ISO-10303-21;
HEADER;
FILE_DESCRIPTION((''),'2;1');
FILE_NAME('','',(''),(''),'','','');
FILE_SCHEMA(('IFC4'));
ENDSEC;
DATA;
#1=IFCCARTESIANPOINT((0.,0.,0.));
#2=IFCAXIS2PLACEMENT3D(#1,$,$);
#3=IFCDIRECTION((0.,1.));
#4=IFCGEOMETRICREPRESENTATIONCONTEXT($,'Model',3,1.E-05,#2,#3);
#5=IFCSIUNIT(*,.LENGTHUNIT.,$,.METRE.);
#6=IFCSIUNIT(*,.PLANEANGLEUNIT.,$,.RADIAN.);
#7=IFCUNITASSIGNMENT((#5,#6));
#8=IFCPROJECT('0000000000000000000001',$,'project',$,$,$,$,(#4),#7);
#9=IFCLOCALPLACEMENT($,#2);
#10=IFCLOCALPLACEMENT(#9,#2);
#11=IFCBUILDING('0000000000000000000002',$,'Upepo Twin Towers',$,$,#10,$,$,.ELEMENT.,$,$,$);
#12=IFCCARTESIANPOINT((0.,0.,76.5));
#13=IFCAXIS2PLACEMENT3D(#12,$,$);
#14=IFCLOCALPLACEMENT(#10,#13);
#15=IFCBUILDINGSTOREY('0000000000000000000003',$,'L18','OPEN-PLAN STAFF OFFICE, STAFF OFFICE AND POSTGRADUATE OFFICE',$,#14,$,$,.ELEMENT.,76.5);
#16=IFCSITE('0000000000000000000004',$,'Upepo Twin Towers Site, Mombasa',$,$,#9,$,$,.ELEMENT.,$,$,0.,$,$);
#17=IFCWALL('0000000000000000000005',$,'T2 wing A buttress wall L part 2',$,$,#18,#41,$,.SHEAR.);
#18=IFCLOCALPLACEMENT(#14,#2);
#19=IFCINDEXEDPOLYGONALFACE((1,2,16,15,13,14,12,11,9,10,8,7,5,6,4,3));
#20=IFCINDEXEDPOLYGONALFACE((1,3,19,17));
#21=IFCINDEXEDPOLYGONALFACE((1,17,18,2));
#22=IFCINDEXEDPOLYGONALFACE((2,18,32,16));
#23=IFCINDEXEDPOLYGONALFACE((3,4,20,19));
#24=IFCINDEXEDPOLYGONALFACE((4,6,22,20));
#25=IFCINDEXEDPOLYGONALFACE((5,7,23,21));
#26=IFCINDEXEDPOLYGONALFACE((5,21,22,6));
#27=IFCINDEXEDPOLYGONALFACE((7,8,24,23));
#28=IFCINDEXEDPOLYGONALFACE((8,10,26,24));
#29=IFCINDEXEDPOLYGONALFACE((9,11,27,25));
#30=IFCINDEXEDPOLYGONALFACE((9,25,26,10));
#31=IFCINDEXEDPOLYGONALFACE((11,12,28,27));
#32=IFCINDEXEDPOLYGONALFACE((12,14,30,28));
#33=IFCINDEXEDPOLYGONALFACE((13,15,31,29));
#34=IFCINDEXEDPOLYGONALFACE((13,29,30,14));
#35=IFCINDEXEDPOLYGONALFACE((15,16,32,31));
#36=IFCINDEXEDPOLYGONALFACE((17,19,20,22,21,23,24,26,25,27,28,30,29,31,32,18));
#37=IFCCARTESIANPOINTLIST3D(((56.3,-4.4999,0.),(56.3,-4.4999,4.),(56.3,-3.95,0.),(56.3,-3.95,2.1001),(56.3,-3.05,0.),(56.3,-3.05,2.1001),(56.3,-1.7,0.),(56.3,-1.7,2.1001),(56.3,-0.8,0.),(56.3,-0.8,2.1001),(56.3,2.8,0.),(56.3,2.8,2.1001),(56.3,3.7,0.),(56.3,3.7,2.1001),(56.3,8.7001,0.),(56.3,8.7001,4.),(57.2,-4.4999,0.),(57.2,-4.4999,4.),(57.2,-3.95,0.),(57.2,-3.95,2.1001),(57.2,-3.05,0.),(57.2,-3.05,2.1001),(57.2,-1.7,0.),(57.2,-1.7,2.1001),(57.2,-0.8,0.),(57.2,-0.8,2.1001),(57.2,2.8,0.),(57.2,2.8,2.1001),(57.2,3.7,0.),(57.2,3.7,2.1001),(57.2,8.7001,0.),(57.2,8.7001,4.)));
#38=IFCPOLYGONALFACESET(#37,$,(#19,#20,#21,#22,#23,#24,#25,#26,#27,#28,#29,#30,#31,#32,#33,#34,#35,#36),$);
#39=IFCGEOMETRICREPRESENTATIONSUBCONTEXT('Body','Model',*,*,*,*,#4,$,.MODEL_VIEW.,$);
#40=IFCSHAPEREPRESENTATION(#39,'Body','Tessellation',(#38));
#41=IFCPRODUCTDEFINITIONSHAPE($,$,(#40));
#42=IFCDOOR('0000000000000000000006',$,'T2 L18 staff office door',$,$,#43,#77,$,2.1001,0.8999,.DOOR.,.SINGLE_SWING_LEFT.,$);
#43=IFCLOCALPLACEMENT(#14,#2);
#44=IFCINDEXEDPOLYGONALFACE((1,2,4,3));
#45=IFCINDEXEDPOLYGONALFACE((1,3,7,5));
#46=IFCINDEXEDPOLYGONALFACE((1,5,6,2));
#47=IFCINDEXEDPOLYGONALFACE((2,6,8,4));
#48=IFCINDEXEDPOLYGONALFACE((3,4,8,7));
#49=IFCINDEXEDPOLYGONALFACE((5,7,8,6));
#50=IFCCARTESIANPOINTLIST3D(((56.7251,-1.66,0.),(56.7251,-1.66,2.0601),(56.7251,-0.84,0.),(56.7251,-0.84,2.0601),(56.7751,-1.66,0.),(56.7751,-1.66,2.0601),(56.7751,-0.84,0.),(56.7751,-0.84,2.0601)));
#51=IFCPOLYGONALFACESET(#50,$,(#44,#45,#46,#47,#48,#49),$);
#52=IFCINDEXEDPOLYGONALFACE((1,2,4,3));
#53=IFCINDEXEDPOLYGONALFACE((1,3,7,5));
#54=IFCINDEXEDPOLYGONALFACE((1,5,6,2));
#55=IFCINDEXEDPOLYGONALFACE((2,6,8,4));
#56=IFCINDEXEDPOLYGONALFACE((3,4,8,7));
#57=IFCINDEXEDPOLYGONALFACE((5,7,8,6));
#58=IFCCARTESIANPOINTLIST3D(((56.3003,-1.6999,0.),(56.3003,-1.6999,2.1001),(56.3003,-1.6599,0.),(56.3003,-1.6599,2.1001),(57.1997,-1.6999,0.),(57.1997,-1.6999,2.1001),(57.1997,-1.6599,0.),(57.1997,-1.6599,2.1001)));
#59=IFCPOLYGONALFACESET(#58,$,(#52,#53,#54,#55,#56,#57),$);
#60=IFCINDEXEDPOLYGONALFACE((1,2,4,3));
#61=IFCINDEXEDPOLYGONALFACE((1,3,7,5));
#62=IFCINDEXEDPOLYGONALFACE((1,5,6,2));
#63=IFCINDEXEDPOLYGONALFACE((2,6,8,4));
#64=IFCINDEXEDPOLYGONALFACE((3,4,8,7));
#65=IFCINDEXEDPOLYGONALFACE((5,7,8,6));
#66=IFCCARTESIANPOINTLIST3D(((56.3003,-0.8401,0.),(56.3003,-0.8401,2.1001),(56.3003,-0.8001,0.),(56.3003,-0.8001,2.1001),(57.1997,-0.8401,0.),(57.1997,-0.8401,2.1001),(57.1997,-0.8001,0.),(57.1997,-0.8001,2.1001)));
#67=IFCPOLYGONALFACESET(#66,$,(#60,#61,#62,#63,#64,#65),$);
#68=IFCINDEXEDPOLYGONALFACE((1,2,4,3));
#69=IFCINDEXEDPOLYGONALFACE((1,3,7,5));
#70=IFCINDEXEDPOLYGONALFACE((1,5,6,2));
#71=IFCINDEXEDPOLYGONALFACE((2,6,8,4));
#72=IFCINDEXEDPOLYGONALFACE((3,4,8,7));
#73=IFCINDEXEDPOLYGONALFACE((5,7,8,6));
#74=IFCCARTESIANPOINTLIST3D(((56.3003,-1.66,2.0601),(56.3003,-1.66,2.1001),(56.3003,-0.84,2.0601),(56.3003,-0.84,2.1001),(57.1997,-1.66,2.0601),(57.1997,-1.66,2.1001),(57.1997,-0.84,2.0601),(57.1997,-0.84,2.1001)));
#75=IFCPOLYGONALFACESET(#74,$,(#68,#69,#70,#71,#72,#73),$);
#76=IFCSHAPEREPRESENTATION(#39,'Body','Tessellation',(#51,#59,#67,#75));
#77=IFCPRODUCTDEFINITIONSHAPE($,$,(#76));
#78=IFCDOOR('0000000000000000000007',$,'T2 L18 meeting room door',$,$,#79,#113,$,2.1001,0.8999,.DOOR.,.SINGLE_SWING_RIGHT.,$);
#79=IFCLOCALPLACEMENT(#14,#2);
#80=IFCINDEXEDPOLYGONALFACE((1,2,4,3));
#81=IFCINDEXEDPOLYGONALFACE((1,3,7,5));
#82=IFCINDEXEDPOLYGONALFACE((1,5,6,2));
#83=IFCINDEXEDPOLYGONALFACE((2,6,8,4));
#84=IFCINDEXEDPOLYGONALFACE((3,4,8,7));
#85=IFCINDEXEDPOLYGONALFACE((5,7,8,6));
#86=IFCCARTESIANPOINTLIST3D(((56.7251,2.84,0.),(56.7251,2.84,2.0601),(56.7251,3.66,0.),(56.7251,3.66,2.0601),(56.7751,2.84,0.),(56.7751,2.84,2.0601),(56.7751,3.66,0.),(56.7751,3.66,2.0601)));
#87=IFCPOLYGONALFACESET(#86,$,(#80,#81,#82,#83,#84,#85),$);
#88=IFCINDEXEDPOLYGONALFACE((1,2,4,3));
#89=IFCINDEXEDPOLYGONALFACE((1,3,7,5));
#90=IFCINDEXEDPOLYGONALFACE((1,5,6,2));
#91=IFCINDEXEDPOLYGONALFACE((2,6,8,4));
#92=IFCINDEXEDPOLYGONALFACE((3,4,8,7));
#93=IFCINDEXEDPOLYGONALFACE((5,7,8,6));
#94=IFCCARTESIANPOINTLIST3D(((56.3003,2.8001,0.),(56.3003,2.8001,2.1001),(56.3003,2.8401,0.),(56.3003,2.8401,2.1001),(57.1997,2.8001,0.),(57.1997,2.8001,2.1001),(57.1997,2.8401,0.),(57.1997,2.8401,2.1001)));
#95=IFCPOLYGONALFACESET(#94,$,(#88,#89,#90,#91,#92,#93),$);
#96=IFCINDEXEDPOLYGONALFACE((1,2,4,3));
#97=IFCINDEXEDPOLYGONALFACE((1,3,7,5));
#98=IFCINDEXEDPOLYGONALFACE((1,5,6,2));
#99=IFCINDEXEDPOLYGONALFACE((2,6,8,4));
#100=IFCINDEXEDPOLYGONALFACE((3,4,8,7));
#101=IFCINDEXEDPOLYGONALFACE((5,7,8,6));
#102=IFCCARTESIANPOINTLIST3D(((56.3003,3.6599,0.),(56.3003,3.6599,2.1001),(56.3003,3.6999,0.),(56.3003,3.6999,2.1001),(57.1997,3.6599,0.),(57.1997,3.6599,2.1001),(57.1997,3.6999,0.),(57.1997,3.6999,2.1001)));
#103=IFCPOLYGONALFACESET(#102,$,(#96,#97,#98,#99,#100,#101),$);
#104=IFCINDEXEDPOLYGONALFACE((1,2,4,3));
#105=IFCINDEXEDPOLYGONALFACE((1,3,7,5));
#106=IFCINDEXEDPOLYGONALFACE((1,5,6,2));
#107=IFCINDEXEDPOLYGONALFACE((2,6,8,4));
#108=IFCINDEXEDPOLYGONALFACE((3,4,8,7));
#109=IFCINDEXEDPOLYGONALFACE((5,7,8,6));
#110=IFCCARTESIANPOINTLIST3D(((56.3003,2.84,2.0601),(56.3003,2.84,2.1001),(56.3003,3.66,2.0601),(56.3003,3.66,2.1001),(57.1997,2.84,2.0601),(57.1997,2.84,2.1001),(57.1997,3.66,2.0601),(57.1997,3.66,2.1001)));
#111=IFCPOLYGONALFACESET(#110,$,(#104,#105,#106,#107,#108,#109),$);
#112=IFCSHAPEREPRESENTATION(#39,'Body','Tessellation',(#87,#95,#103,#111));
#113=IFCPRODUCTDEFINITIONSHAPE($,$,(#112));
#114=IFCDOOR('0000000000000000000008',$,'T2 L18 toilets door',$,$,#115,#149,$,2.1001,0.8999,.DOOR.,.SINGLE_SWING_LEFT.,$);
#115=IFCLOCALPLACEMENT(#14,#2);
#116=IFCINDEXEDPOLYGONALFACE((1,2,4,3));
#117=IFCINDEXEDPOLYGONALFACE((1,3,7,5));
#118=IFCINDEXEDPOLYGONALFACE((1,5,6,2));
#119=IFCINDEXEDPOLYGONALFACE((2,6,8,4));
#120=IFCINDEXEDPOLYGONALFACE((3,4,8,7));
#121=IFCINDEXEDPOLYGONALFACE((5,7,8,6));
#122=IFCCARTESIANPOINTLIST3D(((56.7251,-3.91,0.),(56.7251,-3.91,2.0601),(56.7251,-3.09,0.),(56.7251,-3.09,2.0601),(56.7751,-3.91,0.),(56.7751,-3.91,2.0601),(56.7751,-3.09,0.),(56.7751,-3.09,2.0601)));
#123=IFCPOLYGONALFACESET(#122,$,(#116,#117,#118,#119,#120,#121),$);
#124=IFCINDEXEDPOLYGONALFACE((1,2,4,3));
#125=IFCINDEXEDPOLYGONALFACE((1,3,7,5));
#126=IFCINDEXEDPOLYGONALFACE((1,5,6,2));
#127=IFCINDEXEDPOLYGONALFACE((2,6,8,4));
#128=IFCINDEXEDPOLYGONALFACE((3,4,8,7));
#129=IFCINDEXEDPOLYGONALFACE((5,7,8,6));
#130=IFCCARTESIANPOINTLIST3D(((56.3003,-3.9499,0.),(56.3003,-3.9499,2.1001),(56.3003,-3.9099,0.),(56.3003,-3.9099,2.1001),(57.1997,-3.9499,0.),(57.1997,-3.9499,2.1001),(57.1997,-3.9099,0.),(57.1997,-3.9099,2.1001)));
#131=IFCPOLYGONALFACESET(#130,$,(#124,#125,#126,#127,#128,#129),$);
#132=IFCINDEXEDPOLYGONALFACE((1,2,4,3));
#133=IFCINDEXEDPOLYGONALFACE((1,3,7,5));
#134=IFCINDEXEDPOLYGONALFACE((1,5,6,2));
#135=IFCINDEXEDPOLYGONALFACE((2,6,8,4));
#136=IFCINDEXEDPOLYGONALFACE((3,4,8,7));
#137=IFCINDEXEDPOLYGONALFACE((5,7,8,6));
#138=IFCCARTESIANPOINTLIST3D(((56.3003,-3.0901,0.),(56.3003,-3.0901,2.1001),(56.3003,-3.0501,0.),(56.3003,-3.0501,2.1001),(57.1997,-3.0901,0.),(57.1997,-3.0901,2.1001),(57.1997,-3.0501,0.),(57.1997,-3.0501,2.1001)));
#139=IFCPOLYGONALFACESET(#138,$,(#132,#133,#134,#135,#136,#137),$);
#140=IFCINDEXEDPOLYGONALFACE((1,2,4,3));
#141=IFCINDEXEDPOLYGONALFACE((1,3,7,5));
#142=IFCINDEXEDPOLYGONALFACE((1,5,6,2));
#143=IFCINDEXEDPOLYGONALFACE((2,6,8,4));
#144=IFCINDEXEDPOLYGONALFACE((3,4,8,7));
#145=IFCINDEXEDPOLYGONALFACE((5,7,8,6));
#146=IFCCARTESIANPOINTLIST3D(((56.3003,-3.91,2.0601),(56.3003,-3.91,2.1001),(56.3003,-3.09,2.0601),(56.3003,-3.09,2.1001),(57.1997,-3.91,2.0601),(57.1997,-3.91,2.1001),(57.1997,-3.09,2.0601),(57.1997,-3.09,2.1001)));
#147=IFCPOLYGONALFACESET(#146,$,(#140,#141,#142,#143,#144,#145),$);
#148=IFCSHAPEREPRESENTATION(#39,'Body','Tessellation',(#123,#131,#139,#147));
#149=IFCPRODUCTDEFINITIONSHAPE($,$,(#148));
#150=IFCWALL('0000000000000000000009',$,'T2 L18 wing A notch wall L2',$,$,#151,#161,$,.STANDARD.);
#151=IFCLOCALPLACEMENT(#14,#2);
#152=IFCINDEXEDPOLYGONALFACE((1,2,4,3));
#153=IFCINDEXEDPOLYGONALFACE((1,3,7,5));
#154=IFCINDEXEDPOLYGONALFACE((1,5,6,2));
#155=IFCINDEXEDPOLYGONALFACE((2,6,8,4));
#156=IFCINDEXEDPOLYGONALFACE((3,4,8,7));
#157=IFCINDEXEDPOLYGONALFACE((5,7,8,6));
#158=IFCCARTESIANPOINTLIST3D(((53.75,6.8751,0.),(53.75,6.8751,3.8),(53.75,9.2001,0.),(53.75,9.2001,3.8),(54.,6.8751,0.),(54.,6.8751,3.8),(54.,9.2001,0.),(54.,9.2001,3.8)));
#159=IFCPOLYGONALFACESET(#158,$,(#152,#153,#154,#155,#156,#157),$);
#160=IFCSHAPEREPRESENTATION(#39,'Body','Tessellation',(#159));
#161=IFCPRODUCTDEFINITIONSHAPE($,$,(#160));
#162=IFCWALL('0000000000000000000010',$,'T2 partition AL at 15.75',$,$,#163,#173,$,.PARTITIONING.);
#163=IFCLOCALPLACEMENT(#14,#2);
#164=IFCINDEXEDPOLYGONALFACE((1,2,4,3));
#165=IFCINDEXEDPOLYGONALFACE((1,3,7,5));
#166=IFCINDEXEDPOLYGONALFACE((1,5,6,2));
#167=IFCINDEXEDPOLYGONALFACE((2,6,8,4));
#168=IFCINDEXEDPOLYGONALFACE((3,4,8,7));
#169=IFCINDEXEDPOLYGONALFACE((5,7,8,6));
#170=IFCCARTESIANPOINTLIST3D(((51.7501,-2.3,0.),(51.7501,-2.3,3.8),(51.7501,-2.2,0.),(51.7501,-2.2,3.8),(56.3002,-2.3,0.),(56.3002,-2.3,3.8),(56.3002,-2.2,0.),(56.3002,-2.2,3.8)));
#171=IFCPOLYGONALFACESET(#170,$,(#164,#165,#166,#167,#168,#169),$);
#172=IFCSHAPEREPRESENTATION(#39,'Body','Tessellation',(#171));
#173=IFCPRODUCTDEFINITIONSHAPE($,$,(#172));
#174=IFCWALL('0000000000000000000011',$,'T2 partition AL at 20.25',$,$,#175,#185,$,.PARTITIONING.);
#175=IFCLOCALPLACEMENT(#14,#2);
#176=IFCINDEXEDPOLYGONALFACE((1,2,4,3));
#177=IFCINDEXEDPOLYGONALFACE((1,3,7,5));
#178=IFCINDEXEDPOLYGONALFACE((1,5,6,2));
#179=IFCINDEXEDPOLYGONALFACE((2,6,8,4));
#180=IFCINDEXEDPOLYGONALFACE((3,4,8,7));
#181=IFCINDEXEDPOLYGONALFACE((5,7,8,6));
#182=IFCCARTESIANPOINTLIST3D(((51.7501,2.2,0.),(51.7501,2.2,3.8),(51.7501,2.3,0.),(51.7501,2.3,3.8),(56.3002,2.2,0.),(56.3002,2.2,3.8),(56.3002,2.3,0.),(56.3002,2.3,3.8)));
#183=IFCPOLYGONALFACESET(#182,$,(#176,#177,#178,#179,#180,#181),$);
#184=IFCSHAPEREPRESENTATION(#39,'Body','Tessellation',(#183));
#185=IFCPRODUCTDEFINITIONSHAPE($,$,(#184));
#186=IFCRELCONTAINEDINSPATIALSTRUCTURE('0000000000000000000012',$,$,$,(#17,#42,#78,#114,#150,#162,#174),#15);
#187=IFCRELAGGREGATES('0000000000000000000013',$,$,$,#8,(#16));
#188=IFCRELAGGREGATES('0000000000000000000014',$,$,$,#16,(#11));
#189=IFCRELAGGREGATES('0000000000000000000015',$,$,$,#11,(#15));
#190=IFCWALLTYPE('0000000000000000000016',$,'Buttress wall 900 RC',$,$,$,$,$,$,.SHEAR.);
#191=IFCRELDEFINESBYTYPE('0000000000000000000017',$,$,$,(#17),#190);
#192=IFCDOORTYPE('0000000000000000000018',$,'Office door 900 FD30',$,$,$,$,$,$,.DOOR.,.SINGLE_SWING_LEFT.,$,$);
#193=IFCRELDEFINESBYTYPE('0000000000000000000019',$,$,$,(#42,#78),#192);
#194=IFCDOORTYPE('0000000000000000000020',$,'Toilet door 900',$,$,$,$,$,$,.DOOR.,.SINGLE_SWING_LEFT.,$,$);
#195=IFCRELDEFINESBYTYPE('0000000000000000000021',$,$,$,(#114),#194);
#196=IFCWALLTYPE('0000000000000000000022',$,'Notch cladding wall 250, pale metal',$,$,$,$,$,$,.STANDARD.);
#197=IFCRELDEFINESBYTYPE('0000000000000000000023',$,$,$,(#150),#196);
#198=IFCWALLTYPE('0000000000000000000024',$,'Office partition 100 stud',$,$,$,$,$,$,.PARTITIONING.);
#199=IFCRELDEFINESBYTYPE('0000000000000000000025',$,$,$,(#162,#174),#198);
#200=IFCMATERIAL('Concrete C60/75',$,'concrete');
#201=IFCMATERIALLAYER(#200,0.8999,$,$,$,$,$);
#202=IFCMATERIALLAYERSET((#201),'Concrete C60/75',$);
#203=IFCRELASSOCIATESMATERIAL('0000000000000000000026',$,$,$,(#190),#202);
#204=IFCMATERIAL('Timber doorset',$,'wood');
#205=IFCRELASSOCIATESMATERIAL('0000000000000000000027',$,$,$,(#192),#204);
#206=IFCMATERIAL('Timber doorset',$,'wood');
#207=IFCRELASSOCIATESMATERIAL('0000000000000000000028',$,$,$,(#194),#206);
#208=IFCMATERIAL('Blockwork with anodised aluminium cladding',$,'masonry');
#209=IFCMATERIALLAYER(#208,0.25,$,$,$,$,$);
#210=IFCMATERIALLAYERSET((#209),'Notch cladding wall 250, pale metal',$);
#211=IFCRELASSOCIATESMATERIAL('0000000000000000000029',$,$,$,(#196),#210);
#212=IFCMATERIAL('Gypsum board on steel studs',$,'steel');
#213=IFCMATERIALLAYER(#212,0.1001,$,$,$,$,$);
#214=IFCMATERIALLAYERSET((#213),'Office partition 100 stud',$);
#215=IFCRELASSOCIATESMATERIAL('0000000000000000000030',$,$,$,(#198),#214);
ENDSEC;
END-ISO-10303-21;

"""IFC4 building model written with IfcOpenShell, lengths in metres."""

from ifc_helpers import new_model, si_unit, direction, frame, frame_2d, origin, place, context, subcontext, project, spatial, rectangle, extrude, material, layer, layer_set, type_object, element, fill, save


model = new_model("IFC4")

# Units and contexts
model_context = context("Model", 3, precision=1e-05, world=origin(), true_north=direction((0.0, 1.0)))
body_context = subcontext(model_context, "Body", "Model", "MODEL_VIEW")
ifc_project = project(units=[si_unit("LENGTHUNIT", "METRE"), si_unit("PLANEANGLEUNIT", "RADIAN")], contexts=[model_context])

# Site, building, storey
site_placement = place(None, origin())
site = spatial("IfcSite", under=ifc_project, at=site_placement, Name="Upepo Twin Towers Site, Mombasa", CompositionType="ELEMENT", RefElevation=0.0)
building_placement = place(site_placement, origin())
building = spatial("IfcBuilding", under=site, at=building_placement, Name="Upepo Twin Towers", CompositionType="ELEMENT")
storey_placement = place(building_placement, frame((0.0, 0.0, 76.5)))
storey = spatial("IfcBuildingStorey", under=building, at=storey_placement, Name="L18", Description="OPEN-PLAN STAFF OFFICE, STAFF OFFICE AND POSTGRADUATE OFFICE", CompositionType="ELEMENT", Elevation=76.5)

# Wall, openings, doors
ifc_material_1 = material(Name="Concrete C60/75", Category="concrete")
ifc_layer_1 = layer(ifc_material_1, 0.8999)
ifc_layer_set_1 = layer_set([ifc_layer_1], Name="Concrete C60/75")
wall_type_1 = type_object("IfcWallType", Name="Buttress wall 900 RC", PredefinedType="SHEAR", material=ifc_layer_set_1)
wall_1_placement = place(storey_placement, frame((56.75, -4.5, 0.0), z_axis=(0.0, 0.0, 1.0), x_axis=(0.0, 1.0, 0.0)))
wall_1 = element("IfcWall", 1, at=wall_1_placement, inside=storey, type_object=wall_type_1, Name="T2 wing A buttress wall L part 2", PredefinedType="SHEAR", context=body_context, shape_type="SweptSolid", body=[
    extrude(rectangle(XDim=13.2, YDim=0.8999, at=frame_2d((6.6001, 0.0))), origin(), (0.0, 0.0, 1.0), 4.0),
])
opening_1_placement = place(wall_1_placement, frame((0.55, 0.0, 0.0)))
opening_1 = element("IfcOpeningElement", 2, at=opening_1_placement, cuts=wall_1, PredefinedType="OPENING", context=body_context, shape_type="SweptSolid", body=[
    extrude(rectangle(XDim=0.8999, YDim=2.1001, at=frame_2d((0.45, 1.05))), frame((0.0, 0.46, 0.0), z_axis=(0.0, -1.0, 0.0), x_axis=(1.0, 0.0, 0.0)), (0.0, 0.0, 1.0), 0.9199),
])
opening_2_placement = place(wall_1_placement, frame((2.8, 0.0, 0.0)))
opening_2 = element("IfcOpeningElement", 3, at=opening_2_placement, cuts=wall_1, PredefinedType="OPENING", context=body_context, shape_type="SweptSolid", body=[
    extrude(rectangle(XDim=0.8999, YDim=2.1001, at=frame_2d((0.45, 1.05))), frame((0.0, 0.46, 0.0), z_axis=(0.0, -1.0, 0.0), x_axis=(1.0, 0.0, 0.0)), (0.0, 0.0, 1.0), 0.9199),
])
opening_3_placement = place(wall_1_placement, frame((7.3, 0.0, 0.0)))
opening_3 = element("IfcOpeningElement", 4, at=opening_3_placement, cuts=wall_1, PredefinedType="OPENING", context=body_context, shape_type="SweptSolid", body=[
    extrude(rectangle(XDim=0.8999, YDim=2.1001, at=frame_2d((0.45, 1.05))), frame((0.0, 0.46, 0.0), z_axis=(0.0, -1.0, 0.0), x_axis=(1.0, 0.0, 0.0)), (0.0, 0.0, 1.0), 0.9199),
])
ifc_material_2 = material(Name="Timber doorset", Category="wood")
door_type_1 = type_object("IfcDoorType", Name="Office door 900 FD30", OperationType="SINGLE_SWING_LEFT", PredefinedType="DOOR", material=ifc_material_2)
door_1_placement = place(opening_2_placement, origin())
door_1 = element("IfcDoor", 5, at=door_1_placement, inside=storey, type_object=door_type_1, Name="T2 L18 staff office door", OperationType="SINGLE_SWING_LEFT", OverallHeight=2.1001, OverallWidth=0.8999, PredefinedType="DOOR", context=body_context, shape_type="SweptSolid", body=[
    extrude(rectangle(XDim=0.8199, YDim=2.0601, at=frame_2d((0.45, 1.03))), frame((0.0, 0.0249, 0.0), z_axis=(0.0, -1.0, 0.0), x_axis=(1.0, 0.0, 0.0)), (0.0, 0.0, 1.0), 0.05),
    extrude(rectangle(XDim=0.04, YDim=2.1001, at=frame_2d((0.02, 1.05))), frame((0.0, 0.4497, 0.0), z_axis=(0.0, -1.0, 0.0), x_axis=(1.0, 0.0, 0.0)), (0.0, 0.0, 1.0), 0.8994),
    extrude(rectangle(XDim=0.04, YDim=2.1001, at=frame_2d((0.8799, 1.05))), frame((0.0, 0.4497, 0.0), z_axis=(0.0, -1.0, 0.0), x_axis=(1.0, 0.0, 0.0)), (0.0, 0.0, 1.0), 0.8994),
    extrude(rectangle(XDim=0.8199, YDim=0.04, at=frame_2d((0.45, 2.0801))), frame((0.0, 0.4497, 0.0), z_axis=(0.0, -1.0, 0.0), x_axis=(1.0, 0.0, 0.0)), (0.0, 0.0, 1.0), 0.8994),
])
fill(opening_2, door_1)
door_2_placement = place(opening_3_placement, origin())
door_2 = element("IfcDoor", 6, at=door_2_placement, inside=storey, type_object=door_type_1, Name="T2 L18 meeting room door", OperationType="SINGLE_SWING_RIGHT", OverallHeight=2.1001, OverallWidth=0.8999, PredefinedType="DOOR", context=body_context, shape_type="SweptSolid", body=[
    extrude(rectangle(XDim=0.8199, YDim=2.0601, at=frame_2d((0.45, 1.03))), frame((0.0, 0.0249, 0.0), z_axis=(0.0, -1.0, 0.0), x_axis=(1.0, 0.0, 0.0)), (0.0, 0.0, 1.0), 0.05),
    extrude(rectangle(XDim=0.04, YDim=2.1001, at=frame_2d((0.02, 1.05))), frame((0.0, 0.4497, 0.0), z_axis=(0.0, -1.0, 0.0), x_axis=(1.0, 0.0, 0.0)), (0.0, 0.0, 1.0), 0.8994),
    extrude(rectangle(XDim=0.04, YDim=2.1001, at=frame_2d((0.8799, 1.05))), frame((0.0, 0.4497, 0.0), z_axis=(0.0, -1.0, 0.0), x_axis=(1.0, 0.0, 0.0)), (0.0, 0.0, 1.0), 0.8994),
    extrude(rectangle(XDim=0.8199, YDim=0.04, at=frame_2d((0.45, 2.0801))), frame((0.0, 0.4497, 0.0), z_axis=(0.0, -1.0, 0.0), x_axis=(1.0, 0.0, 0.0)), (0.0, 0.0, 1.0), 0.8994),
])
fill(opening_3, door_2)
ifc_material_3 = material(Name="Timber doorset", Category="wood")
door_type_2 = type_object("IfcDoorType", Name="Toilet door 900", OperationType="SINGLE_SWING_LEFT", PredefinedType="DOOR", material=ifc_material_3)
door_3_placement = place(opening_1_placement, origin())
door_3 = element("IfcDoor", 7, at=door_3_placement, inside=storey, type_object=door_type_2, Name="T2 L18 toilets door", OperationType="SINGLE_SWING_LEFT", OverallHeight=2.1001, OverallWidth=0.8999, PredefinedType="DOOR", context=body_context, shape_type="SweptSolid", body=[
    extrude(rectangle(XDim=0.8199, YDim=2.0601, at=frame_2d((0.45, 1.03))), frame((0.0, 0.0249, 0.0), z_axis=(0.0, -1.0, 0.0), x_axis=(1.0, 0.0, 0.0)), (0.0, 0.0, 1.0), 0.05),
    extrude(rectangle(XDim=0.04, YDim=2.1001, at=frame_2d((0.02, 1.05))), frame((0.0, 0.4497, 0.0), z_axis=(0.0, -1.0, 0.0), x_axis=(1.0, 0.0, 0.0)), (0.0, 0.0, 1.0), 0.8994),
    extrude(rectangle(XDim=0.04, YDim=2.1001, at=frame_2d((0.8799, 1.05))), frame((0.0, 0.4497, 0.0), z_axis=(0.0, -1.0, 0.0), x_axis=(1.0, 0.0, 0.0)), (0.0, 0.0, 1.0), 0.8994),
    extrude(rectangle(XDim=0.8199, YDim=0.04, at=frame_2d((0.45, 2.0801))), frame((0.0, 0.4497, 0.0), z_axis=(0.0, -1.0, 0.0), x_axis=(1.0, 0.0, 0.0)), (0.0, 0.0, 1.0), 0.8994),
])
fill(opening_1, door_3)

# Walls
ifc_material_4 = material(Name="Blockwork with anodised aluminium cladding", Category="masonry")
ifc_layer_2 = layer(ifc_material_4, 0.25)
ifc_layer_set_2 = layer_set([ifc_layer_2], Name="Notch cladding wall 250, pale metal")
wall_type_2 = type_object("IfcWallType", Name="Notch cladding wall 250, pale metal", PredefinedType="STANDARD", material=ifc_layer_set_2)
wall_2_placement = place(storey_placement, frame((53.875, 6.875, 0.0), z_axis=(0.0, 0.0, 1.0), x_axis=(0.0, 1.0, 0.0)))
element("IfcWall", 8, at=wall_2_placement, inside=storey, type_object=wall_type_2, Name="T2 L18 wing A notch wall L2", PredefinedType="STANDARD", context=body_context, shape_type="SweptSolid", body=[
    extrude(rectangle(XDim=2.325, YDim=0.25, at=frame_2d((1.1626, 0.0))), origin(), (0.0, 0.0, 1.0), 3.8),
])
ifc_material_5 = material(Name="Gypsum board on steel studs", Category="steel")
ifc_layer_3 = layer(ifc_material_5, 0.1001)
ifc_layer_set_3 = layer_set([ifc_layer_3], Name="Office partition 100 stud")
wall_type_3 = type_object("IfcWallType", Name="Office partition 100 stud", PredefinedType="PARTITIONING", material=ifc_layer_set_3)
for number, where, z_axis, x_axis, name in (
    (9, (56.3, -2.25, 0.0), (0.0, 0.0, 1.0), (-1.0, 0.0, 0.0), "T2 partition AL at 15.75"),
    (10, (56.3, 2.25, 0.0), (0.0, 0.0, 1.0), (-1.0, 0.0, 0.0), "T2 partition AL at 20.25"),
):
    element("IfcWall", number, at=place(storey_placement, frame(where, z_axis=z_axis, x_axis=x_axis)), inside=storey, type_object=wall_type_3, Name=name, PredefinedType="PARTITIONING", context=body_context, shape_type="SweptSolid", body=[
        extrude(rectangle(XDim=4.55, YDim=0.1001, at=frame_2d((2.2749, 0.0))), origin(), (0.0, 0.0, 1.0), 3.8),
    ])

save(model, "model.ifc")
